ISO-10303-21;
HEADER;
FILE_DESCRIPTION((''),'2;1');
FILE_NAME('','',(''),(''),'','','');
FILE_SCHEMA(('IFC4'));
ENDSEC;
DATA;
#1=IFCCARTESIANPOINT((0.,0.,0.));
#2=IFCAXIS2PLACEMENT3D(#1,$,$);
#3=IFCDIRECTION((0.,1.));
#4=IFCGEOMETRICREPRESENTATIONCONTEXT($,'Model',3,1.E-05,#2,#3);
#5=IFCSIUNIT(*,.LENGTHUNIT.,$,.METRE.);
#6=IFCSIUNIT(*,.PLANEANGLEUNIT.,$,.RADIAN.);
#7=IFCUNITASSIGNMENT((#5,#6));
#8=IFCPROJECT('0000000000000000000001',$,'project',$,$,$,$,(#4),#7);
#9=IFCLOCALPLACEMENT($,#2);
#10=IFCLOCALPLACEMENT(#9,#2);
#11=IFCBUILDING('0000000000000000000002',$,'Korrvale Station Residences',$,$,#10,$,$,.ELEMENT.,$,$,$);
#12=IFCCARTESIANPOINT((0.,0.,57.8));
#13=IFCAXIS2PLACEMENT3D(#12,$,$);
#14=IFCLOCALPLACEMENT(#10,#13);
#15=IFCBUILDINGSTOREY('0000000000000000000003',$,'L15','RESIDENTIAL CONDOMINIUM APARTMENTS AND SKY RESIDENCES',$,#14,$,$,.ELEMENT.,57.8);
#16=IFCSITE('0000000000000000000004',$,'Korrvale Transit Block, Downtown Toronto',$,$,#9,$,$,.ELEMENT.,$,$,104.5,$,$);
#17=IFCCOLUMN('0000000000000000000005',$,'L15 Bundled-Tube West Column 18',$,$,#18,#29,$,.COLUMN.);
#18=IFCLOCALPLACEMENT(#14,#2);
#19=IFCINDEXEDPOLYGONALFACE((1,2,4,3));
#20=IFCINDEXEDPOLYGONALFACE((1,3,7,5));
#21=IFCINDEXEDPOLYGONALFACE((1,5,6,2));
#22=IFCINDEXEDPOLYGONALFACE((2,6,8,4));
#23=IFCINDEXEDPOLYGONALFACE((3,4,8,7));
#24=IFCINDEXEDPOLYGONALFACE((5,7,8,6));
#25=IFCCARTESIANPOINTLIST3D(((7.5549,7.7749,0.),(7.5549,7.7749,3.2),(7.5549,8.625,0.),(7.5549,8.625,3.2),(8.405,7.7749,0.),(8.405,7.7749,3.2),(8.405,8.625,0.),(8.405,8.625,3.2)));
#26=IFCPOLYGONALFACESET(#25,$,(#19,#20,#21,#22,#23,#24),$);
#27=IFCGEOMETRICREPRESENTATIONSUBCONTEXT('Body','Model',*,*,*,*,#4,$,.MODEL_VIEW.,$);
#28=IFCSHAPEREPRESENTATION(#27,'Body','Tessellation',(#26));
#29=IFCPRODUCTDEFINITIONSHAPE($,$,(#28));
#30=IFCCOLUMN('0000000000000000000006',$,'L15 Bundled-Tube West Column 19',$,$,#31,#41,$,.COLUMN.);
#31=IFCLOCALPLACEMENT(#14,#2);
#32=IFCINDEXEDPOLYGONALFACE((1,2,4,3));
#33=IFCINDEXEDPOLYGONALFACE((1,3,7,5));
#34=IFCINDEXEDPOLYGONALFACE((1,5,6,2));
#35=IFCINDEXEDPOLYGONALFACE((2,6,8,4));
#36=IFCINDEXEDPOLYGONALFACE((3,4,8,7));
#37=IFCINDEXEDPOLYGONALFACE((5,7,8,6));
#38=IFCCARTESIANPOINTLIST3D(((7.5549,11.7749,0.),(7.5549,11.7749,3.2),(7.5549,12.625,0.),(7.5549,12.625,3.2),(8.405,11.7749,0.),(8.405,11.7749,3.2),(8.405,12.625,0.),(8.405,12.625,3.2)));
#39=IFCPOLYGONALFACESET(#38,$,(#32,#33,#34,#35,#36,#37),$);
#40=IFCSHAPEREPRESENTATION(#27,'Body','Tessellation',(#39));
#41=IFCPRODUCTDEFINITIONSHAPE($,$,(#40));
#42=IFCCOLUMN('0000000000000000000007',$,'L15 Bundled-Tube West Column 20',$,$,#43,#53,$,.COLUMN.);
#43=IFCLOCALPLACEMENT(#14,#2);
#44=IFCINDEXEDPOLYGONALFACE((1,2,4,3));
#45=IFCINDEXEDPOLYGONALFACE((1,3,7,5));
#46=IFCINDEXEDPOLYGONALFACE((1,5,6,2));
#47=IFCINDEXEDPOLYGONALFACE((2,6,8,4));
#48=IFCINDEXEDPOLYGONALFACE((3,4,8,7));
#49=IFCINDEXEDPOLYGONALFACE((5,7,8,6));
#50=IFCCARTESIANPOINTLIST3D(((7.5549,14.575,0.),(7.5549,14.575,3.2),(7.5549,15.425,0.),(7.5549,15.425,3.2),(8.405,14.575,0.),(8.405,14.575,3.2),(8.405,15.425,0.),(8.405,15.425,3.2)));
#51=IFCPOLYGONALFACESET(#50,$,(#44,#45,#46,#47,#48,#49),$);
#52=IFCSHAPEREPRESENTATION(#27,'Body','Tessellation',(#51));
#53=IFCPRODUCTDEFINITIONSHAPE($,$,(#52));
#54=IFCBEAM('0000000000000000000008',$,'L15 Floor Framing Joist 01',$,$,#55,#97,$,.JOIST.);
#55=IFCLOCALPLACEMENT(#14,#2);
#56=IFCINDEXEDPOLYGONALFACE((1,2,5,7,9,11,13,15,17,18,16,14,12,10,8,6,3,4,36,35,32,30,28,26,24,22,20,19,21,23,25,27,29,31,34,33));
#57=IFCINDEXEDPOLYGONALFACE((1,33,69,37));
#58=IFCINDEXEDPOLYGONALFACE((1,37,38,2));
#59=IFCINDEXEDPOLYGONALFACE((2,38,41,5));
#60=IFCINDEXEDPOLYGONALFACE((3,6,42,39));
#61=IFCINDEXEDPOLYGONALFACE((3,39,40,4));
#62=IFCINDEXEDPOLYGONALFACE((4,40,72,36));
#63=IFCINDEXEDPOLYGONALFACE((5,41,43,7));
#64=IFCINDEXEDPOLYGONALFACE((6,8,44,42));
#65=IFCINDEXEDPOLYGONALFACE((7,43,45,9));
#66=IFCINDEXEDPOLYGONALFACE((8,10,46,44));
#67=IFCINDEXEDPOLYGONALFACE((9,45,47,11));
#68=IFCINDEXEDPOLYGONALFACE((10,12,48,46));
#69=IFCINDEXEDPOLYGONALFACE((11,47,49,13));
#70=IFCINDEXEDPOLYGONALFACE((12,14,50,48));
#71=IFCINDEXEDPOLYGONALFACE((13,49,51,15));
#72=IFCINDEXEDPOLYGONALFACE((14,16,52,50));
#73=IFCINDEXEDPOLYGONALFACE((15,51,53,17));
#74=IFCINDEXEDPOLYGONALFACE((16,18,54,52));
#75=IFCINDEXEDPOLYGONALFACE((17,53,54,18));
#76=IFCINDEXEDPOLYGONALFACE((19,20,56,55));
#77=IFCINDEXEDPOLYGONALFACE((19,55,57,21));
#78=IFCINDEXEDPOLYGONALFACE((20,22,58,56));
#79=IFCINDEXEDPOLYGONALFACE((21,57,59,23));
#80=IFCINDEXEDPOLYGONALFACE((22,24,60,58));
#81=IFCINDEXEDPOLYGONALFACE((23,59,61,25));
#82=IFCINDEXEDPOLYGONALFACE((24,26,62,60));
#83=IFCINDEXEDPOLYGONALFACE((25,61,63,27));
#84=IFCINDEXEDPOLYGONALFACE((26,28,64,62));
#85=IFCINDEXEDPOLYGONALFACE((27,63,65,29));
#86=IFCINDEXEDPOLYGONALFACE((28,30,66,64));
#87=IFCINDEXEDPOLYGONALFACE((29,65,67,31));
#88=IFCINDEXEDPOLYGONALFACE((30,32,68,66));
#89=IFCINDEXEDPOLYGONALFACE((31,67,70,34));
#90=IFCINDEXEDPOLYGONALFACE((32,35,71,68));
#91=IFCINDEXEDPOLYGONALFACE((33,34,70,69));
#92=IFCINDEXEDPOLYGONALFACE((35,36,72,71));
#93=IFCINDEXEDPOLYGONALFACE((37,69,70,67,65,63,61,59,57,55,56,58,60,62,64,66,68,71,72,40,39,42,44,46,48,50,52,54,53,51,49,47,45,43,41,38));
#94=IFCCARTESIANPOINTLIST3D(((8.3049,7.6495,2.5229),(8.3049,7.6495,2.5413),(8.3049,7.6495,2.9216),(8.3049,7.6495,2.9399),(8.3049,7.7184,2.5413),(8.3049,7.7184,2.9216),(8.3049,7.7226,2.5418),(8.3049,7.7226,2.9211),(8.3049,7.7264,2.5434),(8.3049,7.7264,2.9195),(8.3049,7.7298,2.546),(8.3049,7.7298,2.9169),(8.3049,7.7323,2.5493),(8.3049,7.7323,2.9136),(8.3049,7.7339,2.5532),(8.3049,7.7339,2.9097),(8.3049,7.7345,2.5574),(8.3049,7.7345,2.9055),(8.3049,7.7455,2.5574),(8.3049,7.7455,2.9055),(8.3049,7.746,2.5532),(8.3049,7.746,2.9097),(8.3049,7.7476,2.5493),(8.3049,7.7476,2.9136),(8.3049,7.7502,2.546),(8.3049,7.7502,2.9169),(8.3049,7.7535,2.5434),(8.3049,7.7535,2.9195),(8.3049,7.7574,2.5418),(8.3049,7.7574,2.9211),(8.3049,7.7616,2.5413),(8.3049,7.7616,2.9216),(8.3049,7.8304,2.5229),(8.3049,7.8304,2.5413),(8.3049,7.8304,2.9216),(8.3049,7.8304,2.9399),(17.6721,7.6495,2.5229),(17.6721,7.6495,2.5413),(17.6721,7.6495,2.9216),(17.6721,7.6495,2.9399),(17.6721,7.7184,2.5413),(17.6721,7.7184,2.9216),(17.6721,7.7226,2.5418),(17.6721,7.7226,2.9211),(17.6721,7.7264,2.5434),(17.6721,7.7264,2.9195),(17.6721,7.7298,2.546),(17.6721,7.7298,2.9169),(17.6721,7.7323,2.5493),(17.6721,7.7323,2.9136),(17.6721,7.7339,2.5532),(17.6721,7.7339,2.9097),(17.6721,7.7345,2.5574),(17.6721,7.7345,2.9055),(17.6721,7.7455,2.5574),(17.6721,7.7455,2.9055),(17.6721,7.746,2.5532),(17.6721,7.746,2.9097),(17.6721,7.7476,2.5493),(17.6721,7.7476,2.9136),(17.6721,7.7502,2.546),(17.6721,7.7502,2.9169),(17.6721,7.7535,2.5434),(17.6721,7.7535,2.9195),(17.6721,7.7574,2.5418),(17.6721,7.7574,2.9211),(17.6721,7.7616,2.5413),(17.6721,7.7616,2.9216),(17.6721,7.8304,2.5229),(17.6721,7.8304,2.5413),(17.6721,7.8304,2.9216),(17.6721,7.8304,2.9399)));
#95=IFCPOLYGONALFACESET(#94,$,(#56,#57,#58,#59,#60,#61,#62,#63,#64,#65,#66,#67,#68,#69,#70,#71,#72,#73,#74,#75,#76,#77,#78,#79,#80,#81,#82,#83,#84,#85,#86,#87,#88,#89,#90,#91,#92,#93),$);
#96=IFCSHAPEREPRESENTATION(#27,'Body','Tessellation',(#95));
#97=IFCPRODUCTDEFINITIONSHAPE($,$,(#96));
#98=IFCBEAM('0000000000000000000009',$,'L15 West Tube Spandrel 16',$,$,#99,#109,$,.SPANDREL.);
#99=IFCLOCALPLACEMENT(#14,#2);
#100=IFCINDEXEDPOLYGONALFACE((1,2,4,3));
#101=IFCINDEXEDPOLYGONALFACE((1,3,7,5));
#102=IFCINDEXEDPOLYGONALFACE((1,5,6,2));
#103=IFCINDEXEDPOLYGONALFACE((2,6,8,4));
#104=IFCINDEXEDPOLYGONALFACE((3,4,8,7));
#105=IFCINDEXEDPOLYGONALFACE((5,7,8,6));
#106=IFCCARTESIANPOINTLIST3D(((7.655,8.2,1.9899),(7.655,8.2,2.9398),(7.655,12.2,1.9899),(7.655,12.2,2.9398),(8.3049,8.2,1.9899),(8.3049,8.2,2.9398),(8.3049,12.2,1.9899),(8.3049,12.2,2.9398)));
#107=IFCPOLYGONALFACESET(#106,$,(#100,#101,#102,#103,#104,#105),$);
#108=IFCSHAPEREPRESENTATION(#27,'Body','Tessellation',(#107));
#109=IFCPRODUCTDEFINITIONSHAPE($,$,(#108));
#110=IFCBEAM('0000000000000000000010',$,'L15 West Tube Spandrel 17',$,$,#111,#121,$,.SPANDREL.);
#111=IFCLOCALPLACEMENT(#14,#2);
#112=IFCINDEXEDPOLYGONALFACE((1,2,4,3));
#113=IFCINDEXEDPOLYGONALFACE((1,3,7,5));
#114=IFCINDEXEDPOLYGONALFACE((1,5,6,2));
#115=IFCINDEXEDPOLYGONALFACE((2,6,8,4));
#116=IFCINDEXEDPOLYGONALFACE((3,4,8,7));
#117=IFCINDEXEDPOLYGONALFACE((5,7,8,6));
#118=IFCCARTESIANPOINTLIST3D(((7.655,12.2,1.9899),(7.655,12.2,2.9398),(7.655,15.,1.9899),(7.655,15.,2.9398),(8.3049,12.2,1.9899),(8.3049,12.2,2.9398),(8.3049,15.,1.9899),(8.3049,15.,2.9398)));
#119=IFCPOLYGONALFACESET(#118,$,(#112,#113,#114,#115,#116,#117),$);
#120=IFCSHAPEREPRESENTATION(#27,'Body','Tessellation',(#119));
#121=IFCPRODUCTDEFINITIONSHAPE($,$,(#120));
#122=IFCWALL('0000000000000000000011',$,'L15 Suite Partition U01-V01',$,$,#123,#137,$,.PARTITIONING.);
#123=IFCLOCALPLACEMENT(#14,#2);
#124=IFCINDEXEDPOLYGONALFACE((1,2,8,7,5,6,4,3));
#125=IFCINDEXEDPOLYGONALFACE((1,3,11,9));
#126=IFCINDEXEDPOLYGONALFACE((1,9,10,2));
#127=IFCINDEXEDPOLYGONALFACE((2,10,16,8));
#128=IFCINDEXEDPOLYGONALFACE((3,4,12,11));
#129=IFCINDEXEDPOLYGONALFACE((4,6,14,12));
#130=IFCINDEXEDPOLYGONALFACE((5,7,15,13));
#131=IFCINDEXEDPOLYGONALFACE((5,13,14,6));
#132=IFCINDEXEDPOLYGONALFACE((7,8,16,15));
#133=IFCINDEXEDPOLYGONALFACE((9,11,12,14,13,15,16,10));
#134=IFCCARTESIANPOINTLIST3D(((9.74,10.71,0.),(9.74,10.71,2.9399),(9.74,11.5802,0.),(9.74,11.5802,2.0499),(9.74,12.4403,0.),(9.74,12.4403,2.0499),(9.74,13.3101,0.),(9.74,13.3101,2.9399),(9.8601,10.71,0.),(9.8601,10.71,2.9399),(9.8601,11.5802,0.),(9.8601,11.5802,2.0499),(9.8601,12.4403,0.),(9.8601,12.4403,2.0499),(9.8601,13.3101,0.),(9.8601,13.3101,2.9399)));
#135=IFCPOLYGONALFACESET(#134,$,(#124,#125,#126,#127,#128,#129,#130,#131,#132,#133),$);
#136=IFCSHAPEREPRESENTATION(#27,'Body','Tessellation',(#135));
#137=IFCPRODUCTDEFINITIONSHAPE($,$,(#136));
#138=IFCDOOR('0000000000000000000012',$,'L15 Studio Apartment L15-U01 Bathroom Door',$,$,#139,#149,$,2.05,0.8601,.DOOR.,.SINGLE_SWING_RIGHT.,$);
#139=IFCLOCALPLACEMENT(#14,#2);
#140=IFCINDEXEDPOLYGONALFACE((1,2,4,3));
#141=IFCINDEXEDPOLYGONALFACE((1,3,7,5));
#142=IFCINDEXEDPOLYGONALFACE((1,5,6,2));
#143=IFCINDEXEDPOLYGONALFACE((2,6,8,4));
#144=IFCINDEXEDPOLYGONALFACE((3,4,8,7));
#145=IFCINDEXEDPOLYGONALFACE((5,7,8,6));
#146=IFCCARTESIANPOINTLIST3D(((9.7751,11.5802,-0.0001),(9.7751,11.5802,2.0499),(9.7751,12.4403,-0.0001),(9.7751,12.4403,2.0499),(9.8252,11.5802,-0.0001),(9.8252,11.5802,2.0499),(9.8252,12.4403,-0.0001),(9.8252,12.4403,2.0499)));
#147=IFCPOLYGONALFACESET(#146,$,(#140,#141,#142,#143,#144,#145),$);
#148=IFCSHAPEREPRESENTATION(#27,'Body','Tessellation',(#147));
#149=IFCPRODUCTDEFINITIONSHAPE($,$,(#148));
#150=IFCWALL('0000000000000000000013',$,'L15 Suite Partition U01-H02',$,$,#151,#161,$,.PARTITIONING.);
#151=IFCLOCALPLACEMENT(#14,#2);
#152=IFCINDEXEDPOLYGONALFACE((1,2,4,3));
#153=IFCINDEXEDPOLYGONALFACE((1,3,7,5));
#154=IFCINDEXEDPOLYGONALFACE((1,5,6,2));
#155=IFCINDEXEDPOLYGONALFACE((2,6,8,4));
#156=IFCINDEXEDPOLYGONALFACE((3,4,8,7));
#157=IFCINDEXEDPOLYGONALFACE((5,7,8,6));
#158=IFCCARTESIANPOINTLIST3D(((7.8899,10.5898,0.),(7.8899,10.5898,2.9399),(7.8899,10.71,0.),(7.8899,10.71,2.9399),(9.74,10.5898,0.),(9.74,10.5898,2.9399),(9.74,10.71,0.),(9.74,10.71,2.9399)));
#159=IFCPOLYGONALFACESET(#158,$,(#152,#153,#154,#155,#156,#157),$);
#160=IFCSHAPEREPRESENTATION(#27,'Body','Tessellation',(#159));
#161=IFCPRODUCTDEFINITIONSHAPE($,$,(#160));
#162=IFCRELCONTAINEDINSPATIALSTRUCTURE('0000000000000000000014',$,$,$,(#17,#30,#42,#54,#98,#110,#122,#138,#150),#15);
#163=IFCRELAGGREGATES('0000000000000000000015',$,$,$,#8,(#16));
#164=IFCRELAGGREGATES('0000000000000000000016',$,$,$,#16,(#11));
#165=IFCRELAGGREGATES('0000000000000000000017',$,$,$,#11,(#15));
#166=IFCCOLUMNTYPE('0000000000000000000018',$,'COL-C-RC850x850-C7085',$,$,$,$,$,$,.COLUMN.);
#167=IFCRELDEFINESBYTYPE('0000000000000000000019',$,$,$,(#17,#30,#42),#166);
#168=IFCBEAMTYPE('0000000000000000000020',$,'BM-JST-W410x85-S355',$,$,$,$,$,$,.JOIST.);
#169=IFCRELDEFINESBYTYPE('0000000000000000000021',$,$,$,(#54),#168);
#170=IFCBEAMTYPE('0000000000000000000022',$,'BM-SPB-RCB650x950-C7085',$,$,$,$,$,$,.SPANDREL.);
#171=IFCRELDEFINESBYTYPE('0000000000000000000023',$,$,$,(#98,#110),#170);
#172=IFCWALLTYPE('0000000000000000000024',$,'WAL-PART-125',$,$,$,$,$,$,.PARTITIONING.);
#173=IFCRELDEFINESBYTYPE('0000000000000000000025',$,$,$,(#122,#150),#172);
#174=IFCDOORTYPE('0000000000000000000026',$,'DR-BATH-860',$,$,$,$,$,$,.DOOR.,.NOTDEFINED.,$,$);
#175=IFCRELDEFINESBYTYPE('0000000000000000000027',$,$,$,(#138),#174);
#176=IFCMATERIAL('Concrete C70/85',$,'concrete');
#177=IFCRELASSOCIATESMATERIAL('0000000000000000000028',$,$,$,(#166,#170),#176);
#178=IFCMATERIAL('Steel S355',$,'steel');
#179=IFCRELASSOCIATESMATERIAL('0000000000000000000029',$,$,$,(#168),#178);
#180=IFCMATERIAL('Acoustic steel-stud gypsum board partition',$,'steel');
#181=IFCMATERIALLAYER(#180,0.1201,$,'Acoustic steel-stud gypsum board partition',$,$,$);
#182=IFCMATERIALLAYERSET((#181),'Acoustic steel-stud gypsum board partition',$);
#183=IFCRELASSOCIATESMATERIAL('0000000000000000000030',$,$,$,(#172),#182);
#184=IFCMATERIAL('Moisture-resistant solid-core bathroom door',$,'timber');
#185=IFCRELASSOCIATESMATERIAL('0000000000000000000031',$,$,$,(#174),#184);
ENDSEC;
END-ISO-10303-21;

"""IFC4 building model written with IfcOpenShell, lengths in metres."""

from ifc_helpers import new_model, si_unit, direction, frame, frame_2d, origin, origin_2d, place, context, subcontext, project, spatial, rectangle, i_section, extrude, material, layer, layer_set, material_profile, profile_set, type_object, element, fill, save


model = new_model("IFC4")

# Units and contexts
model_context = context("Model", 3, precision=1e-05, world=origin(), true_north=direction((0.0, 1.0)))
body_context = subcontext(model_context, "Body", "Model", "MODEL_VIEW")
ifc_project = project(units=[si_unit("LENGTHUNIT", "METRE"), si_unit("PLANEANGLEUNIT", "RADIAN")], contexts=[model_context])

# Site, building, storey
site_placement = place(None, origin())
site = spatial("IfcSite", under=ifc_project, at=site_placement, Name="Korrvale Transit Block, Downtown Toronto", CompositionType="ELEMENT", RefElevation=104.5)
building_placement = place(site_placement, origin())
building = spatial("IfcBuilding", under=site, at=building_placement, Name="Korrvale Station Residences", CompositionType="ELEMENT")
storey_placement = place(building_placement, frame((0.0, 0.0, 57.8)))
storey = spatial("IfcBuildingStorey", under=building, at=storey_placement, Name="L15", Description="RESIDENTIAL CONDOMINIUM APARTMENTS AND SKY RESIDENCES", CompositionType="ELEMENT", Elevation=57.8)

# Columns
ifc_material_1 = material(Name="Concrete C70/85", Category="concrete")
ifc_material_profile_1 = material_profile(ifc_material_1, rectangle(XDim=0.8501, YDim=0.8501, at=origin_2d()), Name="RC850x850")
ifc_profile_set_1 = profile_set([ifc_material_profile_1], Name="Concrete C70/85")
column_type = type_object("IfcColumnType", Name="COL-C-RC850x850-C7085", PredefinedType="COLUMN", material=ifc_profile_set_1)
for number, where, z_axis, x_axis, name in (
    (1, (7.98, 8.2, 0.0), (0.0, 0.0, 1.0), (1.0, 0.0, 0.0), "L15 Bundled-Tube West Column 18"),
    (2, (7.98, 12.2, 0.0), (0.0, 0.0, 1.0), (1.0, 0.0, 0.0), "L15 Bundled-Tube West Column 19"),
    (3, (7.98, 15.0, 0.0), (0.0, 0.0, 1.0), (1.0, 0.0, 0.0), "L15 Bundled-Tube West Column 20"),
):
    element("IfcColumn", number, at=place(storey_placement, frame(where, z_axis=z_axis, x_axis=x_axis)), inside=storey, type_object=column_type, Name=name, PredefinedType="COLUMN", context=body_context, shape_type="SweptSolid", body=[
        extrude(rectangle(XDim=0.8501, YDim=0.8501, at=origin_2d()), origin(), (0.0, 0.0, 1.0), 3.2),
    ])

# Beams
ifc_material_2 = material(Name="Steel S355", Category="steel")
ifc_material_profile_2 = material_profile(ifc_material_2, i_section(OverallWidth=0.1809, OverallDepth=0.417, WebThickness=0.011, FlangeThickness=0.0183, FilletRadius=0.0161, at=origin_2d()), Name="W410x85")
ifc_profile_set_2 = profile_set([ifc_material_profile_2], Name="Steel S355")
beam_type_1 = type_object("IfcBeamType", Name="BM-JST-W410x85-S355", PredefinedType="JOIST", material=ifc_profile_set_2)
beam_1_placement = place(storey_placement, frame((8.3049, 7.74, 2.7314), z_axis=(1.0, 0.0, 0.0), x_axis=(0.0, 1.0, 0.0)))
element("IfcBeam", 4, at=beam_1_placement, inside=storey, type_object=beam_type_1, Name="L15 Floor Framing Joist 01", PredefinedType="JOIST", context=body_context, shape_type="SweptSolid", body=[
    extrude(i_section(OverallWidth=0.1809, OverallDepth=0.417, WebThickness=0.011, FlangeThickness=0.0183, FilletRadius=0.0161, at=origin_2d()), origin(), (0.0, 0.0, 1.0), 9.3672),
])
ifc_material_profile_3 = material_profile(ifc_material_1, rectangle(XDim=0.6499, YDim=0.95, at=origin_2d()), Name="RCB650x950")
ifc_profile_set_3 = profile_set([ifc_material_profile_3], Name="Concrete C70/85")
beam_type_2 = type_object("IfcBeamType", Name="BM-SPB-RCB650x950-C7085", PredefinedType="SPANDREL", material=ifc_profile_set_3)
beam_2_placement = place(storey_placement, frame((7.98, 8.2, 2.4648), z_axis=(0.0, 1.0, 0.0), x_axis=(-1.0, 0.0, 0.0)))
element("IfcBeam", 5, at=beam_2_placement, inside=storey, type_object=beam_type_2, Name="L15 West Tube Spandrel 16", PredefinedType="SPANDREL", context=body_context, shape_type="SweptSolid", body=[
    extrude(rectangle(XDim=0.6499, YDim=0.95, at=origin_2d()), origin(), (0.0, 0.0, 1.0), 4.0),
])
beam_3_placement = place(storey_placement, frame((7.98, 12.2, 2.4648), z_axis=(0.0, 1.0, 0.0), x_axis=(-1.0, 0.0, 0.0)))
element("IfcBeam", 6, at=beam_3_placement, inside=storey, type_object=beam_type_2, Name="L15 West Tube Spandrel 17", PredefinedType="SPANDREL", context=body_context, shape_type="SweptSolid", body=[
    extrude(rectangle(XDim=0.6499, YDim=0.95, at=origin_2d()), origin(), (0.0, 0.0, 1.0), 2.8),
])

# Wall, opening, door
ifc_material_3 = material(Name="Acoustic steel-stud gypsum board partition", Category="steel")
ifc_layer_1 = layer(ifc_material_3, 0.1201, Name="Acoustic steel-stud gypsum board partition")
ifc_layer_set_1 = layer_set([ifc_layer_1], Name="Acoustic steel-stud gypsum board partition")
wall_type_1 = type_object("IfcWallType", Name="WAL-PART-125", PredefinedType="PARTITIONING", material=ifc_layer_set_1)
wall_1_placement = place(storey_placement, frame((9.8, 10.71, 0.0), z_axis=(0.0, 0.0, 1.0), x_axis=(0.0, 1.0, 0.0)))
wall_1 = element("IfcWall", 7, at=wall_1_placement, inside=storey, type_object=wall_type_1, Name="L15 Suite Partition U01-V01", PredefinedType="PARTITIONING", context=body_context, shape_type="SweptSolid", body=[
    extrude(rectangle(XDim=2.6001, YDim=0.1201, at=frame_2d((1.3, 0.0))), origin(), (0.0, 0.0, 1.0), 2.9399),
])
opening_1_placement = place(wall_1_placement, frame((0.8701, 0.0, 0.0)))
opening_1 = element("IfcOpeningElement", 8, at=opening_1_placement, cuts=wall_1, PredefinedType="OPENING", context=body_context, shape_type="SweptSolid", body=[
    extrude(rectangle(XDim=0.8601, YDim=2.05, at=frame_2d((0.4302, 1.0249))), frame((0.0, 0.0701, 0.0), z_axis=(0.0, -1.0, 0.0), x_axis=(1.0, 0.0, 0.0)), (0.0, 0.0, 1.0), 0.1401),
])
ifc_material_4 = material(Name="Moisture-resistant solid-core bathroom door", Category="timber")
door_type_1 = type_object("IfcDoorType", Name="DR-BATH-860", OperationType="NOTDEFINED", PredefinedType="DOOR", material=ifc_material_4)
door_1_placement = place(opening_1_placement, origin())
door_1 = element("IfcDoor", 9, at=door_1_placement, inside=storey, type_object=door_type_1, Name="L15 Studio Apartment L15-U01 Bathroom Door", OperationType="SINGLE_SWING_RIGHT", OverallHeight=2.05, OverallWidth=0.8601, PredefinedType="DOOR", context=body_context, shape_type="SweptSolid", body=[
    extrude(rectangle(XDim=0.8601, YDim=2.05, at=frame_2d((0.4302, 1.0249))), frame((0.0, 0.0249, 0.0), z_axis=(0.0, -1.0, 0.0), x_axis=(1.0, 0.0, 0.0)), (0.0, 0.0, 1.0), 0.05),
])
fill(opening_1, door_1)

# Wall
wall_2_placement = place(storey_placement, frame((7.8899, 10.6499, 0.0), z_axis=(0.0, 0.0, 1.0), x_axis=(1.0, 0.0, 0.0)))
element("IfcWall", 10, at=wall_2_placement, inside=storey, type_object=wall_type_1, Name="L15 Suite Partition U01-H02", PredefinedType="PARTITIONING", context=body_context, shape_type="SweptSolid", body=[
    extrude(rectangle(XDim=1.8501, YDim=0.1201, at=frame_2d((0.925, 0.0))), origin(), (0.0, 0.0, 1.0), 2.9399),
])

save(model, "model.ifc")
